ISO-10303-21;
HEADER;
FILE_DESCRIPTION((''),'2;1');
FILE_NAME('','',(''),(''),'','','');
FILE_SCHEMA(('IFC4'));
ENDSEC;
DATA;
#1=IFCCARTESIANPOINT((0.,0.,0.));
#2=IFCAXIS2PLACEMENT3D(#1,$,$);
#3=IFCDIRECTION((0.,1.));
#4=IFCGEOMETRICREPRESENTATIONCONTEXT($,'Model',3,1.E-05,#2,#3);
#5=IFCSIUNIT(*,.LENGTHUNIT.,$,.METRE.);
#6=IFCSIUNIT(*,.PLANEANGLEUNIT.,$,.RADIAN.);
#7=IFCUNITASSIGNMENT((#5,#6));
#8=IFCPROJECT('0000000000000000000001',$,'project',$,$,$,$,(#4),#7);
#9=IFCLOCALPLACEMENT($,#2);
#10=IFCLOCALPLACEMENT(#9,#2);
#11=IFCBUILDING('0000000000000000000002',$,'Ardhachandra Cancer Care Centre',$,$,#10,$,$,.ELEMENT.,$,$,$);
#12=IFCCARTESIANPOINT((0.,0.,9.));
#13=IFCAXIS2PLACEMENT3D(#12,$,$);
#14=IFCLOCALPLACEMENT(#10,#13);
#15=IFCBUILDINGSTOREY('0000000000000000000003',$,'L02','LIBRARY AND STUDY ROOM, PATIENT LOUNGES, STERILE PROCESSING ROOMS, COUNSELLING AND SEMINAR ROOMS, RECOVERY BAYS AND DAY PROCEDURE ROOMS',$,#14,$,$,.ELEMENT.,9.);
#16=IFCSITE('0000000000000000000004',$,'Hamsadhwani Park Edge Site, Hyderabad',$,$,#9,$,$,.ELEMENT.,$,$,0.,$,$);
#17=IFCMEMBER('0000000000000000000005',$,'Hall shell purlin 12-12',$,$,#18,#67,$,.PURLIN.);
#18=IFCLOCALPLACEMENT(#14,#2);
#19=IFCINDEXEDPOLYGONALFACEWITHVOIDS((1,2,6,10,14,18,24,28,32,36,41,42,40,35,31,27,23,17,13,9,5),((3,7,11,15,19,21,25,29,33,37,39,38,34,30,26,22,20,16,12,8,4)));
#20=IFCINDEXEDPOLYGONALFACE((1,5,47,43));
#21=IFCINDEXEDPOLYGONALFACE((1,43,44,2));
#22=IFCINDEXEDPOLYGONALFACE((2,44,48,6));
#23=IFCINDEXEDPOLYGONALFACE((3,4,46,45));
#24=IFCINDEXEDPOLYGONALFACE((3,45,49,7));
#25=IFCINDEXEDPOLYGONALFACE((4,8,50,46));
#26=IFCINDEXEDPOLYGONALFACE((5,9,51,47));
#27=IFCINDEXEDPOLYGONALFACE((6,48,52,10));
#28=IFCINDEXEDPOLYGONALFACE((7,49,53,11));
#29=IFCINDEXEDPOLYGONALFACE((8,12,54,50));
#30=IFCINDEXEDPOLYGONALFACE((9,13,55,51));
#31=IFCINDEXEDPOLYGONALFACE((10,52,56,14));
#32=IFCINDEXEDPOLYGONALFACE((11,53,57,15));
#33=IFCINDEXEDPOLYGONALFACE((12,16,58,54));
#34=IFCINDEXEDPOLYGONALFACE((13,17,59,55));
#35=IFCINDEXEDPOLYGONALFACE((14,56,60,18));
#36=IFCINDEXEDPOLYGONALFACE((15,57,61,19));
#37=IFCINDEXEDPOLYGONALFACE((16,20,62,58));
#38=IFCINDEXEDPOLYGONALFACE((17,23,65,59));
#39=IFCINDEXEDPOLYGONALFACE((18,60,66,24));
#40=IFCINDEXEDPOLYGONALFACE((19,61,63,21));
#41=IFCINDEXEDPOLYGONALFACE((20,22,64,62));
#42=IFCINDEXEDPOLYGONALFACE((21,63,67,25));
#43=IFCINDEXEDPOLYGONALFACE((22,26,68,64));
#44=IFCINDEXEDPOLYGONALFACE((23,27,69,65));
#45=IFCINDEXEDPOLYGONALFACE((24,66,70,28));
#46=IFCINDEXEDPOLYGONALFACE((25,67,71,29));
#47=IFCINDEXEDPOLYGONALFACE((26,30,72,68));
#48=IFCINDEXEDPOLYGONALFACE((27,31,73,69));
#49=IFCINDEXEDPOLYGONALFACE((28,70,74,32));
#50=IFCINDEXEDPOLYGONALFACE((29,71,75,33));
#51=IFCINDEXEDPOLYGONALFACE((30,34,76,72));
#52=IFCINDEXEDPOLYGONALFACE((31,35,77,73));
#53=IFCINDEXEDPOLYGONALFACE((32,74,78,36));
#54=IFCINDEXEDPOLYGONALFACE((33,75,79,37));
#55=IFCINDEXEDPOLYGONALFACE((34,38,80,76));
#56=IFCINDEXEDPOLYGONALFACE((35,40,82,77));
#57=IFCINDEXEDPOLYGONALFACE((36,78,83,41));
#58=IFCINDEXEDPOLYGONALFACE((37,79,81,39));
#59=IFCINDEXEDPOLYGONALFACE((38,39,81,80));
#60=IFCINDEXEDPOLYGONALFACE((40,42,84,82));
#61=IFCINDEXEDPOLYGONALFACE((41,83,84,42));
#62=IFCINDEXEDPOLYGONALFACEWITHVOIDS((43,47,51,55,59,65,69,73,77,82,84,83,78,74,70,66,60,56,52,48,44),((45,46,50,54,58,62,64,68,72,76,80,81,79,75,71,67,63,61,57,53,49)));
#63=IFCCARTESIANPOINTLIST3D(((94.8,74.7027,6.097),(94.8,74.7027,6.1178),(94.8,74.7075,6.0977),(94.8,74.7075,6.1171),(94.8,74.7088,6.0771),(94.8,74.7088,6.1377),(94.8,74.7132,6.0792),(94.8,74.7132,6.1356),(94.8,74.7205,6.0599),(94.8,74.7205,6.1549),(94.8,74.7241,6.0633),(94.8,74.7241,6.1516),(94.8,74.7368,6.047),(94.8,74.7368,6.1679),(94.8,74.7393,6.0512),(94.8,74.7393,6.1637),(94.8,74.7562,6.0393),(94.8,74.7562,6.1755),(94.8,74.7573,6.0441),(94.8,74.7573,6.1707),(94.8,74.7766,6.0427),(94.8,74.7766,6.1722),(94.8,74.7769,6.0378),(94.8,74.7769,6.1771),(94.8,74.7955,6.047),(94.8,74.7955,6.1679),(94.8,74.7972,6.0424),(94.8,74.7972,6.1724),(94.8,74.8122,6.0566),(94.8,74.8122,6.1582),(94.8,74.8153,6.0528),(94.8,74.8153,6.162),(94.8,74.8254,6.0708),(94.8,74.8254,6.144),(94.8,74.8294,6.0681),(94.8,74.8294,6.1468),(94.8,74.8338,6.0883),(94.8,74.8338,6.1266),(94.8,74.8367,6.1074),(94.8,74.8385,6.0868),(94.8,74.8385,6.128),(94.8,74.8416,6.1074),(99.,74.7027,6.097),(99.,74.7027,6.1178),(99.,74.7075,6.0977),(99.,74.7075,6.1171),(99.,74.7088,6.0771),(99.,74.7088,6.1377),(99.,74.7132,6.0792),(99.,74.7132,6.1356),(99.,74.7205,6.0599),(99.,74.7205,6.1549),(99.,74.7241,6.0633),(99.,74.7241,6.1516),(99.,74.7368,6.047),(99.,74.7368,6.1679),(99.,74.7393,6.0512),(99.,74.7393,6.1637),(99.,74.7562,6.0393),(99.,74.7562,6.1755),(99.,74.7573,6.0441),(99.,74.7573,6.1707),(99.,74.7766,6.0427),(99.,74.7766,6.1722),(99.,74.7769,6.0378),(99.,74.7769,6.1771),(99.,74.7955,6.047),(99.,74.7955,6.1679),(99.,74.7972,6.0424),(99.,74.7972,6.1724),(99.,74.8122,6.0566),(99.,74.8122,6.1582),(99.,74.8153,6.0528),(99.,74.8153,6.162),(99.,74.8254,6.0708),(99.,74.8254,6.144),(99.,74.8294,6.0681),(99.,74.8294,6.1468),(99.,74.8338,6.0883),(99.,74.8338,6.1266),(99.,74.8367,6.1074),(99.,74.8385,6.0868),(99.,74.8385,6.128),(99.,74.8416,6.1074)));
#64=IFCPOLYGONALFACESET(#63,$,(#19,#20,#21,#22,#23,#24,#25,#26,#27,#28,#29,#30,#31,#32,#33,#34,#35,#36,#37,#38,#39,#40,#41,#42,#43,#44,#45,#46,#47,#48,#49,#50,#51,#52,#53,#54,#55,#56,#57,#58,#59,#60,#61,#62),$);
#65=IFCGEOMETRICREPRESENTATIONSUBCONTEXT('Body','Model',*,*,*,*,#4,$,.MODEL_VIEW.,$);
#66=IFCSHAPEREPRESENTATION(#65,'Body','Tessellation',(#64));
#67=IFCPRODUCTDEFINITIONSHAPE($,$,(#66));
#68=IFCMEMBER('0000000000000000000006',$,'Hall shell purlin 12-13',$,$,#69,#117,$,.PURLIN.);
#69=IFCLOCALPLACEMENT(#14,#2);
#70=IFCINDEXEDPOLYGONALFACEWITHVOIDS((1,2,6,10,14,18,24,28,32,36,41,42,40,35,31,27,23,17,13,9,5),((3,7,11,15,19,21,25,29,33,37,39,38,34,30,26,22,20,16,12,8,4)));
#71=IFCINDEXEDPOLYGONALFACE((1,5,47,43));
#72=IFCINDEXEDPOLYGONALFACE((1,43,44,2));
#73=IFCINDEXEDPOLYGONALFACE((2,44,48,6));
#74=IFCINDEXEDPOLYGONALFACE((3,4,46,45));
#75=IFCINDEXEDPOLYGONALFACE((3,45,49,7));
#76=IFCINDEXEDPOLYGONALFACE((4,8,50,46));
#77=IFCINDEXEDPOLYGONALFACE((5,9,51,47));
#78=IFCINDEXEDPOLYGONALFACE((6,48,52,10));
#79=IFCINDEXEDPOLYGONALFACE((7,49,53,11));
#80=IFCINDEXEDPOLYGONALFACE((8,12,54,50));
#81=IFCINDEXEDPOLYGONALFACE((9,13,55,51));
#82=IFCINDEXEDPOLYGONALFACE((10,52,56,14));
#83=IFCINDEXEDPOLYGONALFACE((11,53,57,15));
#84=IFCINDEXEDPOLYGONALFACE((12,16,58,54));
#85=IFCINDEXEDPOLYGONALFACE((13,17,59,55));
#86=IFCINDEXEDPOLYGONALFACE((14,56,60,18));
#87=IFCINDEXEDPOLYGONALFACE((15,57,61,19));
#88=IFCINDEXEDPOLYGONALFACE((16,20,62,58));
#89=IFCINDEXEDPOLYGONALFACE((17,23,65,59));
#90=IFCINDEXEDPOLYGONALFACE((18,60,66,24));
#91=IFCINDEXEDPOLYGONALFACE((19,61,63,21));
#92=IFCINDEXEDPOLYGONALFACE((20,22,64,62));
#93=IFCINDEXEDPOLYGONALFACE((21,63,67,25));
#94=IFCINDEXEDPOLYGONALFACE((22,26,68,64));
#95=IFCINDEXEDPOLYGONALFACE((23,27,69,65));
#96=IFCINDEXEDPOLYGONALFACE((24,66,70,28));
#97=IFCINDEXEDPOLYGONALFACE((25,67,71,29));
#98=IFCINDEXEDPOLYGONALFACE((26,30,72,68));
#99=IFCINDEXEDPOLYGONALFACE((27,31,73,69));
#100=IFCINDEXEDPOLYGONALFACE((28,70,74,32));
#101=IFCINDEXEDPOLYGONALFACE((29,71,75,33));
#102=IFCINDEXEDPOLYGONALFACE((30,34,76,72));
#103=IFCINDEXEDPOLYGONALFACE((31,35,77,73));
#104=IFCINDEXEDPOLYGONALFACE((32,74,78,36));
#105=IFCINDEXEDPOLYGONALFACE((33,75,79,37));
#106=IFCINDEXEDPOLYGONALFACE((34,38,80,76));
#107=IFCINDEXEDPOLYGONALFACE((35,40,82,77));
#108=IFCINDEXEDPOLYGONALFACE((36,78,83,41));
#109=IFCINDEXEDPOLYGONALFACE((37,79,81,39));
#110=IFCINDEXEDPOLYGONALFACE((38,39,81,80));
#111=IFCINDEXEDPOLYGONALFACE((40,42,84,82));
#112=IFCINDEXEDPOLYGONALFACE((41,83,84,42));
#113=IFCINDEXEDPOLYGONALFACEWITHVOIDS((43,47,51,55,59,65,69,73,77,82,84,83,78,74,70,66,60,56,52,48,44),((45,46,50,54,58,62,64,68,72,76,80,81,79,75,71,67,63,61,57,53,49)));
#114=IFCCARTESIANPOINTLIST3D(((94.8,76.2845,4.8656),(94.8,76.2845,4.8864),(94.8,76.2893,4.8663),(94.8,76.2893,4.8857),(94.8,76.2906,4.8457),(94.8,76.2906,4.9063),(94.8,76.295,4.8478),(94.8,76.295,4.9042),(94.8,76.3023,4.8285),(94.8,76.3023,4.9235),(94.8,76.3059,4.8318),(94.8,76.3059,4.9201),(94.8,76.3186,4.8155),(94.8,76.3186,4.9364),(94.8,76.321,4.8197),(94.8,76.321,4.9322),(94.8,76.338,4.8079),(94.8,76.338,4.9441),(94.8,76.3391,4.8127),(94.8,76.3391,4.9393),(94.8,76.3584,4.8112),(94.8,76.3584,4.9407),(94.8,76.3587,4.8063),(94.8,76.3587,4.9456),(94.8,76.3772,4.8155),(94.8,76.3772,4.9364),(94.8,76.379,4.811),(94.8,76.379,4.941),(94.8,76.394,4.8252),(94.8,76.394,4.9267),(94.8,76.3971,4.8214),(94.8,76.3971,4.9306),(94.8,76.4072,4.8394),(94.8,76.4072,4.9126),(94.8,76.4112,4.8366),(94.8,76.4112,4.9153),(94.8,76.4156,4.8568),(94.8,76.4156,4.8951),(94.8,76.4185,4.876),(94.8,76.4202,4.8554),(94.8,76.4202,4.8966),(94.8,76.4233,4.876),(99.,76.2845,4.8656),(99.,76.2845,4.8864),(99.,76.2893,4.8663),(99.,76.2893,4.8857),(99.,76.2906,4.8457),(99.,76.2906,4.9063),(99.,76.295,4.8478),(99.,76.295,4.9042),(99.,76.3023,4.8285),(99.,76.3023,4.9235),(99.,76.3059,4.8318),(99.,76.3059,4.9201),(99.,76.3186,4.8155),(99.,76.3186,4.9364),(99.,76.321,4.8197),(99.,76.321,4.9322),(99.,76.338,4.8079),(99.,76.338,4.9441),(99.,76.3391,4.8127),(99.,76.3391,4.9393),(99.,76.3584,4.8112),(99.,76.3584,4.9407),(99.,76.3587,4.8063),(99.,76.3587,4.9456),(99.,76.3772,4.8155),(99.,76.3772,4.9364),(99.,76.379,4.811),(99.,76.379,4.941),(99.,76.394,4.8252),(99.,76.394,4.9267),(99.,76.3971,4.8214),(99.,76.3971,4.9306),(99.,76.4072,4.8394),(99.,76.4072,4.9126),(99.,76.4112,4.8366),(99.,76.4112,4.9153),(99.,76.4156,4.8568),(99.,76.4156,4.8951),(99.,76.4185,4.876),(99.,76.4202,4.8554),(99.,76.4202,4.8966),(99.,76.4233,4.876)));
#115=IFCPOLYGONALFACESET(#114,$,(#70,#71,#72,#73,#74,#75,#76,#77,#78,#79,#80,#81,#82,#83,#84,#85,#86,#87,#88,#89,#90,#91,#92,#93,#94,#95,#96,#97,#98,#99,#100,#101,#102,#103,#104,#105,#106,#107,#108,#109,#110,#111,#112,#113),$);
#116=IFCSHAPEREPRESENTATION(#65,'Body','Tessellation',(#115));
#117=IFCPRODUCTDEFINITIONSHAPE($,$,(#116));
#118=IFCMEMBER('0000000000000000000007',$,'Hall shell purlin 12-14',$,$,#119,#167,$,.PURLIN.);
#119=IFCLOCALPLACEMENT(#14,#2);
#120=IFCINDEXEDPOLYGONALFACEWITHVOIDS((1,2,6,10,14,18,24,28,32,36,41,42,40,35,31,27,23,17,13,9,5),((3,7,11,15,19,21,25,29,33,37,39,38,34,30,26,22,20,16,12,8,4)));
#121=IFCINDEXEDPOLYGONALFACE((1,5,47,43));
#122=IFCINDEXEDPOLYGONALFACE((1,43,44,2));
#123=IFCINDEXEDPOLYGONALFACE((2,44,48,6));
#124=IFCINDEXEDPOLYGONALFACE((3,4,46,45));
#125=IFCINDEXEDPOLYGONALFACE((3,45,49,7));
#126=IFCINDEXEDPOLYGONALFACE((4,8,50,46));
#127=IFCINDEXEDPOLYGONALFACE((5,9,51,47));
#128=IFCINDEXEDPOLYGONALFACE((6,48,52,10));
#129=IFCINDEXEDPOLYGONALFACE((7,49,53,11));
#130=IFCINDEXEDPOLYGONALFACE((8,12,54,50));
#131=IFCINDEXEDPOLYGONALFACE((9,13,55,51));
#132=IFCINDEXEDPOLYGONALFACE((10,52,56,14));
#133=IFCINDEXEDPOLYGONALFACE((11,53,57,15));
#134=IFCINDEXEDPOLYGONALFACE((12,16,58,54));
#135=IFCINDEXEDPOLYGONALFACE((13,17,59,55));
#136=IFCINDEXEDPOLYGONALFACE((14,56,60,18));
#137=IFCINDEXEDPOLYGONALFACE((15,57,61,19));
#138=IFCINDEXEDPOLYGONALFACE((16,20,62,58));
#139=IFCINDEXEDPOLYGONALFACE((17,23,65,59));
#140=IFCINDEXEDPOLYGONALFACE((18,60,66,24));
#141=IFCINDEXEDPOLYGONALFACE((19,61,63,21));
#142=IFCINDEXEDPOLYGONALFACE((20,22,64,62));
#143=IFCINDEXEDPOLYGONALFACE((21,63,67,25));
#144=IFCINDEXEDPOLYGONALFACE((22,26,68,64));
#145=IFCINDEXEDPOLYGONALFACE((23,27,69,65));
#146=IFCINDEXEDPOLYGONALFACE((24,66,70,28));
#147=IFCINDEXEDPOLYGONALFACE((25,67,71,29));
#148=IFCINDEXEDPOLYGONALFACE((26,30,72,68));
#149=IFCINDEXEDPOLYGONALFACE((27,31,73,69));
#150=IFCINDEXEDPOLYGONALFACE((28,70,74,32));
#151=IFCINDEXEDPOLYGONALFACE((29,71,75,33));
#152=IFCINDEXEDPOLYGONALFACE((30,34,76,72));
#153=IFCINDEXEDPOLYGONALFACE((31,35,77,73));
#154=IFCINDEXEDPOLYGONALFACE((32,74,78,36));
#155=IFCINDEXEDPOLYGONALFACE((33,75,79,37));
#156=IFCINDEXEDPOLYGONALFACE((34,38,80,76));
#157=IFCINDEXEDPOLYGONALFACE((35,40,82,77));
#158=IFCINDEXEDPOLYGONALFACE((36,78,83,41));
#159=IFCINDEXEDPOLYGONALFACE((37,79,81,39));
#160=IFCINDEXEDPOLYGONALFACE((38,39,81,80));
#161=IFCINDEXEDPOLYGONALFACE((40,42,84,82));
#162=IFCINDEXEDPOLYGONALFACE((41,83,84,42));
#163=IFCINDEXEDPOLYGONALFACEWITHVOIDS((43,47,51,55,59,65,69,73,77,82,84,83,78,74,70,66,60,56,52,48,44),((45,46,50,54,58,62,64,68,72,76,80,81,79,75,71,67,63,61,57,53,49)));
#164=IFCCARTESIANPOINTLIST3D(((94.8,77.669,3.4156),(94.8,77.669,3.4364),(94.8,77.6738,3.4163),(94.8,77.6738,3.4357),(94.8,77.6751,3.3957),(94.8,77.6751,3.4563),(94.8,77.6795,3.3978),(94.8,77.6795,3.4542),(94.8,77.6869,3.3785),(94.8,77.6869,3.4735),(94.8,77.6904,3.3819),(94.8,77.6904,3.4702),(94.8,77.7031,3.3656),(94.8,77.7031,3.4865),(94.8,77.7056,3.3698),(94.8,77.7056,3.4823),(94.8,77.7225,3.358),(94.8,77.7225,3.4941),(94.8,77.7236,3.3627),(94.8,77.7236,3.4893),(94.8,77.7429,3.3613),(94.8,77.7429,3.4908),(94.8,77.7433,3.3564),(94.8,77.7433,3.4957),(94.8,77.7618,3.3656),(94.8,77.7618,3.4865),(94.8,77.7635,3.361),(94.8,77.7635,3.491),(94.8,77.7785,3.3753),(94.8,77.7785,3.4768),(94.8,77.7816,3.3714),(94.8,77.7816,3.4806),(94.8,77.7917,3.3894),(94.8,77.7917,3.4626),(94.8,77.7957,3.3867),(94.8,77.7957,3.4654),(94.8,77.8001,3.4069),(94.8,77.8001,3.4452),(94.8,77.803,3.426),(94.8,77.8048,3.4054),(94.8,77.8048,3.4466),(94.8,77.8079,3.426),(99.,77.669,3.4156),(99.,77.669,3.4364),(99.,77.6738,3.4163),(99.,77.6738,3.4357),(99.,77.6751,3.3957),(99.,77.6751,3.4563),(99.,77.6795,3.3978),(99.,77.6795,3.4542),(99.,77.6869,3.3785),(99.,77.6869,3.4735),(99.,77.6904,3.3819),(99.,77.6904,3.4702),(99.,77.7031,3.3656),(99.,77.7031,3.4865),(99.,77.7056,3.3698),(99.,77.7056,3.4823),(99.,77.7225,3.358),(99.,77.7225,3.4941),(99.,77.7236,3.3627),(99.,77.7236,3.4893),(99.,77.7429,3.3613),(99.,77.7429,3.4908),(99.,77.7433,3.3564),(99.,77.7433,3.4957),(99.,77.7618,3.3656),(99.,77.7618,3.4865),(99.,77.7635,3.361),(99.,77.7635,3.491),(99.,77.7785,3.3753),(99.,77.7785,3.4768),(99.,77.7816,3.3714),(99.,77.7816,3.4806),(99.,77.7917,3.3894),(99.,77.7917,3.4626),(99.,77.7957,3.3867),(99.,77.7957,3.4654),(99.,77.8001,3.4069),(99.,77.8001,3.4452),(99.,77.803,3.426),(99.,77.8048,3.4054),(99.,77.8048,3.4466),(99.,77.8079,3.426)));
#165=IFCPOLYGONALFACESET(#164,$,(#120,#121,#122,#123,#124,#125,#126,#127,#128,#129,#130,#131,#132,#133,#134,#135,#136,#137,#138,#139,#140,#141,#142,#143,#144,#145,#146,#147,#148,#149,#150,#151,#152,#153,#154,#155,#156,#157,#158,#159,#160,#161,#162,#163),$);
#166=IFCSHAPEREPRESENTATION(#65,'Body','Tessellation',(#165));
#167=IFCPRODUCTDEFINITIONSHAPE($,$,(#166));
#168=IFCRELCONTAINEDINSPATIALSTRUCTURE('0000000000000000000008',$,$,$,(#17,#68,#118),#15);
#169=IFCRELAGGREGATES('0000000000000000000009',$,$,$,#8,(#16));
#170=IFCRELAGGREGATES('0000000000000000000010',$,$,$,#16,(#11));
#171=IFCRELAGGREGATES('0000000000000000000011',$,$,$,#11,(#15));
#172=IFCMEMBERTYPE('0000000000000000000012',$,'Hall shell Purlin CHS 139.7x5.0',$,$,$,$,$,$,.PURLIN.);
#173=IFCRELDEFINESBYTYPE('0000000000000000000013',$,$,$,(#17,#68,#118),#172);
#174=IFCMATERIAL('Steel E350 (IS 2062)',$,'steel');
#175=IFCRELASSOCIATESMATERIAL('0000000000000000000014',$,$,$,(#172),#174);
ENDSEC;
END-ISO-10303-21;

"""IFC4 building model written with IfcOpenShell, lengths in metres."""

from ifc_helpers import new_model, si_unit, direction, frame, origin, origin_2d, place, context, subcontext, project, spatial, hollow_circle, extrude, material, material_profile, profile_set, type_object, element, save


model = new_model("IFC4")

# Units and contexts
model_context = context("Model", 3, precision=1e-05, world=origin(), true_north=direction((0.0, 1.0)))
body_context = subcontext(model_context, "Body", "Model", "MODEL_VIEW")
ifc_project = project(units=[si_unit("LENGTHUNIT", "METRE"), si_unit("PLANEANGLEUNIT", "RADIAN")], contexts=[model_context])

# Site, building, storey
site_placement = place(None, origin())
site = spatial("IfcSite", under=ifc_project, at=site_placement, Name="Hamsadhwani Park Edge Site, Hyderabad", CompositionType="ELEMENT", RefElevation=0.0)
building_placement = place(site_placement, origin())
building = spatial("IfcBuilding", under=site, at=building_placement, Name="Ardhachandra Cancer Care Centre", CompositionType="ELEMENT")
storey_placement = place(building_placement, frame((0.0, 0.0, 9.0)))
storey = spatial("IfcBuildingStorey", under=building, at=storey_placement, Name="L02", Description="LIBRARY AND STUDY ROOM, PATIENT LOUNGES, STERILE PROCESSING ROOMS, COUNSELLING AND SEMINAR ROOMS, RECOVERY BAYS AND DAY PROCEDURE ROOMS", CompositionType="ELEMENT", Elevation=9.0)

# Members
ifc_material_1 = material(Name="Steel E350 (IS 2062)", Category="steel")
ifc_material_profile_1 = material_profile(ifc_material_1, hollow_circle(Radius=0.0698, WallThickness=0.0049, at=origin_2d()), Name="CHS 139.7x5.0")
ifc_profile_set_1 = profile_set([ifc_material_profile_1], Name="Steel E350 (IS 2062)")
member_type_1 = type_object("IfcMemberType", Name="Hall shell Purlin CHS 139.7x5.0", PredefinedType="PURLIN", material=ifc_profile_set_1)
for number, where, z_axis, x_axis, name in (
    (1, (94.8, 74.7717, 6.1074), (1.0, 0.0, 0.0), (0.0, 1.0, 0.0), "Hall shell purlin 12-12"),
    (2, (94.8, 76.3535, 4.876), (1.0, 0.0, 0.0), (0.0, 1.0, 0.0), "Hall shell purlin 12-13"),
    (3, (94.8, 77.738, 3.426), (1.0, 0.0, 0.0), (0.0, 1.0, 0.0), "Hall shell purlin 12-14"),
):
    element("IfcMember", number, at=place(storey_placement, frame(where, z_axis=z_axis, x_axis=x_axis)), inside=storey, type_object=member_type_1, Name=name, PredefinedType="PURLIN", context=body_context, shape_type="SweptSolid", body=[
        extrude(hollow_circle(Radius=0.0698, WallThickness=0.0049, at=origin_2d()), origin(), (0.0, 0.0, 1.0), 4.2),
    ])

save(model, "model.ifc")
